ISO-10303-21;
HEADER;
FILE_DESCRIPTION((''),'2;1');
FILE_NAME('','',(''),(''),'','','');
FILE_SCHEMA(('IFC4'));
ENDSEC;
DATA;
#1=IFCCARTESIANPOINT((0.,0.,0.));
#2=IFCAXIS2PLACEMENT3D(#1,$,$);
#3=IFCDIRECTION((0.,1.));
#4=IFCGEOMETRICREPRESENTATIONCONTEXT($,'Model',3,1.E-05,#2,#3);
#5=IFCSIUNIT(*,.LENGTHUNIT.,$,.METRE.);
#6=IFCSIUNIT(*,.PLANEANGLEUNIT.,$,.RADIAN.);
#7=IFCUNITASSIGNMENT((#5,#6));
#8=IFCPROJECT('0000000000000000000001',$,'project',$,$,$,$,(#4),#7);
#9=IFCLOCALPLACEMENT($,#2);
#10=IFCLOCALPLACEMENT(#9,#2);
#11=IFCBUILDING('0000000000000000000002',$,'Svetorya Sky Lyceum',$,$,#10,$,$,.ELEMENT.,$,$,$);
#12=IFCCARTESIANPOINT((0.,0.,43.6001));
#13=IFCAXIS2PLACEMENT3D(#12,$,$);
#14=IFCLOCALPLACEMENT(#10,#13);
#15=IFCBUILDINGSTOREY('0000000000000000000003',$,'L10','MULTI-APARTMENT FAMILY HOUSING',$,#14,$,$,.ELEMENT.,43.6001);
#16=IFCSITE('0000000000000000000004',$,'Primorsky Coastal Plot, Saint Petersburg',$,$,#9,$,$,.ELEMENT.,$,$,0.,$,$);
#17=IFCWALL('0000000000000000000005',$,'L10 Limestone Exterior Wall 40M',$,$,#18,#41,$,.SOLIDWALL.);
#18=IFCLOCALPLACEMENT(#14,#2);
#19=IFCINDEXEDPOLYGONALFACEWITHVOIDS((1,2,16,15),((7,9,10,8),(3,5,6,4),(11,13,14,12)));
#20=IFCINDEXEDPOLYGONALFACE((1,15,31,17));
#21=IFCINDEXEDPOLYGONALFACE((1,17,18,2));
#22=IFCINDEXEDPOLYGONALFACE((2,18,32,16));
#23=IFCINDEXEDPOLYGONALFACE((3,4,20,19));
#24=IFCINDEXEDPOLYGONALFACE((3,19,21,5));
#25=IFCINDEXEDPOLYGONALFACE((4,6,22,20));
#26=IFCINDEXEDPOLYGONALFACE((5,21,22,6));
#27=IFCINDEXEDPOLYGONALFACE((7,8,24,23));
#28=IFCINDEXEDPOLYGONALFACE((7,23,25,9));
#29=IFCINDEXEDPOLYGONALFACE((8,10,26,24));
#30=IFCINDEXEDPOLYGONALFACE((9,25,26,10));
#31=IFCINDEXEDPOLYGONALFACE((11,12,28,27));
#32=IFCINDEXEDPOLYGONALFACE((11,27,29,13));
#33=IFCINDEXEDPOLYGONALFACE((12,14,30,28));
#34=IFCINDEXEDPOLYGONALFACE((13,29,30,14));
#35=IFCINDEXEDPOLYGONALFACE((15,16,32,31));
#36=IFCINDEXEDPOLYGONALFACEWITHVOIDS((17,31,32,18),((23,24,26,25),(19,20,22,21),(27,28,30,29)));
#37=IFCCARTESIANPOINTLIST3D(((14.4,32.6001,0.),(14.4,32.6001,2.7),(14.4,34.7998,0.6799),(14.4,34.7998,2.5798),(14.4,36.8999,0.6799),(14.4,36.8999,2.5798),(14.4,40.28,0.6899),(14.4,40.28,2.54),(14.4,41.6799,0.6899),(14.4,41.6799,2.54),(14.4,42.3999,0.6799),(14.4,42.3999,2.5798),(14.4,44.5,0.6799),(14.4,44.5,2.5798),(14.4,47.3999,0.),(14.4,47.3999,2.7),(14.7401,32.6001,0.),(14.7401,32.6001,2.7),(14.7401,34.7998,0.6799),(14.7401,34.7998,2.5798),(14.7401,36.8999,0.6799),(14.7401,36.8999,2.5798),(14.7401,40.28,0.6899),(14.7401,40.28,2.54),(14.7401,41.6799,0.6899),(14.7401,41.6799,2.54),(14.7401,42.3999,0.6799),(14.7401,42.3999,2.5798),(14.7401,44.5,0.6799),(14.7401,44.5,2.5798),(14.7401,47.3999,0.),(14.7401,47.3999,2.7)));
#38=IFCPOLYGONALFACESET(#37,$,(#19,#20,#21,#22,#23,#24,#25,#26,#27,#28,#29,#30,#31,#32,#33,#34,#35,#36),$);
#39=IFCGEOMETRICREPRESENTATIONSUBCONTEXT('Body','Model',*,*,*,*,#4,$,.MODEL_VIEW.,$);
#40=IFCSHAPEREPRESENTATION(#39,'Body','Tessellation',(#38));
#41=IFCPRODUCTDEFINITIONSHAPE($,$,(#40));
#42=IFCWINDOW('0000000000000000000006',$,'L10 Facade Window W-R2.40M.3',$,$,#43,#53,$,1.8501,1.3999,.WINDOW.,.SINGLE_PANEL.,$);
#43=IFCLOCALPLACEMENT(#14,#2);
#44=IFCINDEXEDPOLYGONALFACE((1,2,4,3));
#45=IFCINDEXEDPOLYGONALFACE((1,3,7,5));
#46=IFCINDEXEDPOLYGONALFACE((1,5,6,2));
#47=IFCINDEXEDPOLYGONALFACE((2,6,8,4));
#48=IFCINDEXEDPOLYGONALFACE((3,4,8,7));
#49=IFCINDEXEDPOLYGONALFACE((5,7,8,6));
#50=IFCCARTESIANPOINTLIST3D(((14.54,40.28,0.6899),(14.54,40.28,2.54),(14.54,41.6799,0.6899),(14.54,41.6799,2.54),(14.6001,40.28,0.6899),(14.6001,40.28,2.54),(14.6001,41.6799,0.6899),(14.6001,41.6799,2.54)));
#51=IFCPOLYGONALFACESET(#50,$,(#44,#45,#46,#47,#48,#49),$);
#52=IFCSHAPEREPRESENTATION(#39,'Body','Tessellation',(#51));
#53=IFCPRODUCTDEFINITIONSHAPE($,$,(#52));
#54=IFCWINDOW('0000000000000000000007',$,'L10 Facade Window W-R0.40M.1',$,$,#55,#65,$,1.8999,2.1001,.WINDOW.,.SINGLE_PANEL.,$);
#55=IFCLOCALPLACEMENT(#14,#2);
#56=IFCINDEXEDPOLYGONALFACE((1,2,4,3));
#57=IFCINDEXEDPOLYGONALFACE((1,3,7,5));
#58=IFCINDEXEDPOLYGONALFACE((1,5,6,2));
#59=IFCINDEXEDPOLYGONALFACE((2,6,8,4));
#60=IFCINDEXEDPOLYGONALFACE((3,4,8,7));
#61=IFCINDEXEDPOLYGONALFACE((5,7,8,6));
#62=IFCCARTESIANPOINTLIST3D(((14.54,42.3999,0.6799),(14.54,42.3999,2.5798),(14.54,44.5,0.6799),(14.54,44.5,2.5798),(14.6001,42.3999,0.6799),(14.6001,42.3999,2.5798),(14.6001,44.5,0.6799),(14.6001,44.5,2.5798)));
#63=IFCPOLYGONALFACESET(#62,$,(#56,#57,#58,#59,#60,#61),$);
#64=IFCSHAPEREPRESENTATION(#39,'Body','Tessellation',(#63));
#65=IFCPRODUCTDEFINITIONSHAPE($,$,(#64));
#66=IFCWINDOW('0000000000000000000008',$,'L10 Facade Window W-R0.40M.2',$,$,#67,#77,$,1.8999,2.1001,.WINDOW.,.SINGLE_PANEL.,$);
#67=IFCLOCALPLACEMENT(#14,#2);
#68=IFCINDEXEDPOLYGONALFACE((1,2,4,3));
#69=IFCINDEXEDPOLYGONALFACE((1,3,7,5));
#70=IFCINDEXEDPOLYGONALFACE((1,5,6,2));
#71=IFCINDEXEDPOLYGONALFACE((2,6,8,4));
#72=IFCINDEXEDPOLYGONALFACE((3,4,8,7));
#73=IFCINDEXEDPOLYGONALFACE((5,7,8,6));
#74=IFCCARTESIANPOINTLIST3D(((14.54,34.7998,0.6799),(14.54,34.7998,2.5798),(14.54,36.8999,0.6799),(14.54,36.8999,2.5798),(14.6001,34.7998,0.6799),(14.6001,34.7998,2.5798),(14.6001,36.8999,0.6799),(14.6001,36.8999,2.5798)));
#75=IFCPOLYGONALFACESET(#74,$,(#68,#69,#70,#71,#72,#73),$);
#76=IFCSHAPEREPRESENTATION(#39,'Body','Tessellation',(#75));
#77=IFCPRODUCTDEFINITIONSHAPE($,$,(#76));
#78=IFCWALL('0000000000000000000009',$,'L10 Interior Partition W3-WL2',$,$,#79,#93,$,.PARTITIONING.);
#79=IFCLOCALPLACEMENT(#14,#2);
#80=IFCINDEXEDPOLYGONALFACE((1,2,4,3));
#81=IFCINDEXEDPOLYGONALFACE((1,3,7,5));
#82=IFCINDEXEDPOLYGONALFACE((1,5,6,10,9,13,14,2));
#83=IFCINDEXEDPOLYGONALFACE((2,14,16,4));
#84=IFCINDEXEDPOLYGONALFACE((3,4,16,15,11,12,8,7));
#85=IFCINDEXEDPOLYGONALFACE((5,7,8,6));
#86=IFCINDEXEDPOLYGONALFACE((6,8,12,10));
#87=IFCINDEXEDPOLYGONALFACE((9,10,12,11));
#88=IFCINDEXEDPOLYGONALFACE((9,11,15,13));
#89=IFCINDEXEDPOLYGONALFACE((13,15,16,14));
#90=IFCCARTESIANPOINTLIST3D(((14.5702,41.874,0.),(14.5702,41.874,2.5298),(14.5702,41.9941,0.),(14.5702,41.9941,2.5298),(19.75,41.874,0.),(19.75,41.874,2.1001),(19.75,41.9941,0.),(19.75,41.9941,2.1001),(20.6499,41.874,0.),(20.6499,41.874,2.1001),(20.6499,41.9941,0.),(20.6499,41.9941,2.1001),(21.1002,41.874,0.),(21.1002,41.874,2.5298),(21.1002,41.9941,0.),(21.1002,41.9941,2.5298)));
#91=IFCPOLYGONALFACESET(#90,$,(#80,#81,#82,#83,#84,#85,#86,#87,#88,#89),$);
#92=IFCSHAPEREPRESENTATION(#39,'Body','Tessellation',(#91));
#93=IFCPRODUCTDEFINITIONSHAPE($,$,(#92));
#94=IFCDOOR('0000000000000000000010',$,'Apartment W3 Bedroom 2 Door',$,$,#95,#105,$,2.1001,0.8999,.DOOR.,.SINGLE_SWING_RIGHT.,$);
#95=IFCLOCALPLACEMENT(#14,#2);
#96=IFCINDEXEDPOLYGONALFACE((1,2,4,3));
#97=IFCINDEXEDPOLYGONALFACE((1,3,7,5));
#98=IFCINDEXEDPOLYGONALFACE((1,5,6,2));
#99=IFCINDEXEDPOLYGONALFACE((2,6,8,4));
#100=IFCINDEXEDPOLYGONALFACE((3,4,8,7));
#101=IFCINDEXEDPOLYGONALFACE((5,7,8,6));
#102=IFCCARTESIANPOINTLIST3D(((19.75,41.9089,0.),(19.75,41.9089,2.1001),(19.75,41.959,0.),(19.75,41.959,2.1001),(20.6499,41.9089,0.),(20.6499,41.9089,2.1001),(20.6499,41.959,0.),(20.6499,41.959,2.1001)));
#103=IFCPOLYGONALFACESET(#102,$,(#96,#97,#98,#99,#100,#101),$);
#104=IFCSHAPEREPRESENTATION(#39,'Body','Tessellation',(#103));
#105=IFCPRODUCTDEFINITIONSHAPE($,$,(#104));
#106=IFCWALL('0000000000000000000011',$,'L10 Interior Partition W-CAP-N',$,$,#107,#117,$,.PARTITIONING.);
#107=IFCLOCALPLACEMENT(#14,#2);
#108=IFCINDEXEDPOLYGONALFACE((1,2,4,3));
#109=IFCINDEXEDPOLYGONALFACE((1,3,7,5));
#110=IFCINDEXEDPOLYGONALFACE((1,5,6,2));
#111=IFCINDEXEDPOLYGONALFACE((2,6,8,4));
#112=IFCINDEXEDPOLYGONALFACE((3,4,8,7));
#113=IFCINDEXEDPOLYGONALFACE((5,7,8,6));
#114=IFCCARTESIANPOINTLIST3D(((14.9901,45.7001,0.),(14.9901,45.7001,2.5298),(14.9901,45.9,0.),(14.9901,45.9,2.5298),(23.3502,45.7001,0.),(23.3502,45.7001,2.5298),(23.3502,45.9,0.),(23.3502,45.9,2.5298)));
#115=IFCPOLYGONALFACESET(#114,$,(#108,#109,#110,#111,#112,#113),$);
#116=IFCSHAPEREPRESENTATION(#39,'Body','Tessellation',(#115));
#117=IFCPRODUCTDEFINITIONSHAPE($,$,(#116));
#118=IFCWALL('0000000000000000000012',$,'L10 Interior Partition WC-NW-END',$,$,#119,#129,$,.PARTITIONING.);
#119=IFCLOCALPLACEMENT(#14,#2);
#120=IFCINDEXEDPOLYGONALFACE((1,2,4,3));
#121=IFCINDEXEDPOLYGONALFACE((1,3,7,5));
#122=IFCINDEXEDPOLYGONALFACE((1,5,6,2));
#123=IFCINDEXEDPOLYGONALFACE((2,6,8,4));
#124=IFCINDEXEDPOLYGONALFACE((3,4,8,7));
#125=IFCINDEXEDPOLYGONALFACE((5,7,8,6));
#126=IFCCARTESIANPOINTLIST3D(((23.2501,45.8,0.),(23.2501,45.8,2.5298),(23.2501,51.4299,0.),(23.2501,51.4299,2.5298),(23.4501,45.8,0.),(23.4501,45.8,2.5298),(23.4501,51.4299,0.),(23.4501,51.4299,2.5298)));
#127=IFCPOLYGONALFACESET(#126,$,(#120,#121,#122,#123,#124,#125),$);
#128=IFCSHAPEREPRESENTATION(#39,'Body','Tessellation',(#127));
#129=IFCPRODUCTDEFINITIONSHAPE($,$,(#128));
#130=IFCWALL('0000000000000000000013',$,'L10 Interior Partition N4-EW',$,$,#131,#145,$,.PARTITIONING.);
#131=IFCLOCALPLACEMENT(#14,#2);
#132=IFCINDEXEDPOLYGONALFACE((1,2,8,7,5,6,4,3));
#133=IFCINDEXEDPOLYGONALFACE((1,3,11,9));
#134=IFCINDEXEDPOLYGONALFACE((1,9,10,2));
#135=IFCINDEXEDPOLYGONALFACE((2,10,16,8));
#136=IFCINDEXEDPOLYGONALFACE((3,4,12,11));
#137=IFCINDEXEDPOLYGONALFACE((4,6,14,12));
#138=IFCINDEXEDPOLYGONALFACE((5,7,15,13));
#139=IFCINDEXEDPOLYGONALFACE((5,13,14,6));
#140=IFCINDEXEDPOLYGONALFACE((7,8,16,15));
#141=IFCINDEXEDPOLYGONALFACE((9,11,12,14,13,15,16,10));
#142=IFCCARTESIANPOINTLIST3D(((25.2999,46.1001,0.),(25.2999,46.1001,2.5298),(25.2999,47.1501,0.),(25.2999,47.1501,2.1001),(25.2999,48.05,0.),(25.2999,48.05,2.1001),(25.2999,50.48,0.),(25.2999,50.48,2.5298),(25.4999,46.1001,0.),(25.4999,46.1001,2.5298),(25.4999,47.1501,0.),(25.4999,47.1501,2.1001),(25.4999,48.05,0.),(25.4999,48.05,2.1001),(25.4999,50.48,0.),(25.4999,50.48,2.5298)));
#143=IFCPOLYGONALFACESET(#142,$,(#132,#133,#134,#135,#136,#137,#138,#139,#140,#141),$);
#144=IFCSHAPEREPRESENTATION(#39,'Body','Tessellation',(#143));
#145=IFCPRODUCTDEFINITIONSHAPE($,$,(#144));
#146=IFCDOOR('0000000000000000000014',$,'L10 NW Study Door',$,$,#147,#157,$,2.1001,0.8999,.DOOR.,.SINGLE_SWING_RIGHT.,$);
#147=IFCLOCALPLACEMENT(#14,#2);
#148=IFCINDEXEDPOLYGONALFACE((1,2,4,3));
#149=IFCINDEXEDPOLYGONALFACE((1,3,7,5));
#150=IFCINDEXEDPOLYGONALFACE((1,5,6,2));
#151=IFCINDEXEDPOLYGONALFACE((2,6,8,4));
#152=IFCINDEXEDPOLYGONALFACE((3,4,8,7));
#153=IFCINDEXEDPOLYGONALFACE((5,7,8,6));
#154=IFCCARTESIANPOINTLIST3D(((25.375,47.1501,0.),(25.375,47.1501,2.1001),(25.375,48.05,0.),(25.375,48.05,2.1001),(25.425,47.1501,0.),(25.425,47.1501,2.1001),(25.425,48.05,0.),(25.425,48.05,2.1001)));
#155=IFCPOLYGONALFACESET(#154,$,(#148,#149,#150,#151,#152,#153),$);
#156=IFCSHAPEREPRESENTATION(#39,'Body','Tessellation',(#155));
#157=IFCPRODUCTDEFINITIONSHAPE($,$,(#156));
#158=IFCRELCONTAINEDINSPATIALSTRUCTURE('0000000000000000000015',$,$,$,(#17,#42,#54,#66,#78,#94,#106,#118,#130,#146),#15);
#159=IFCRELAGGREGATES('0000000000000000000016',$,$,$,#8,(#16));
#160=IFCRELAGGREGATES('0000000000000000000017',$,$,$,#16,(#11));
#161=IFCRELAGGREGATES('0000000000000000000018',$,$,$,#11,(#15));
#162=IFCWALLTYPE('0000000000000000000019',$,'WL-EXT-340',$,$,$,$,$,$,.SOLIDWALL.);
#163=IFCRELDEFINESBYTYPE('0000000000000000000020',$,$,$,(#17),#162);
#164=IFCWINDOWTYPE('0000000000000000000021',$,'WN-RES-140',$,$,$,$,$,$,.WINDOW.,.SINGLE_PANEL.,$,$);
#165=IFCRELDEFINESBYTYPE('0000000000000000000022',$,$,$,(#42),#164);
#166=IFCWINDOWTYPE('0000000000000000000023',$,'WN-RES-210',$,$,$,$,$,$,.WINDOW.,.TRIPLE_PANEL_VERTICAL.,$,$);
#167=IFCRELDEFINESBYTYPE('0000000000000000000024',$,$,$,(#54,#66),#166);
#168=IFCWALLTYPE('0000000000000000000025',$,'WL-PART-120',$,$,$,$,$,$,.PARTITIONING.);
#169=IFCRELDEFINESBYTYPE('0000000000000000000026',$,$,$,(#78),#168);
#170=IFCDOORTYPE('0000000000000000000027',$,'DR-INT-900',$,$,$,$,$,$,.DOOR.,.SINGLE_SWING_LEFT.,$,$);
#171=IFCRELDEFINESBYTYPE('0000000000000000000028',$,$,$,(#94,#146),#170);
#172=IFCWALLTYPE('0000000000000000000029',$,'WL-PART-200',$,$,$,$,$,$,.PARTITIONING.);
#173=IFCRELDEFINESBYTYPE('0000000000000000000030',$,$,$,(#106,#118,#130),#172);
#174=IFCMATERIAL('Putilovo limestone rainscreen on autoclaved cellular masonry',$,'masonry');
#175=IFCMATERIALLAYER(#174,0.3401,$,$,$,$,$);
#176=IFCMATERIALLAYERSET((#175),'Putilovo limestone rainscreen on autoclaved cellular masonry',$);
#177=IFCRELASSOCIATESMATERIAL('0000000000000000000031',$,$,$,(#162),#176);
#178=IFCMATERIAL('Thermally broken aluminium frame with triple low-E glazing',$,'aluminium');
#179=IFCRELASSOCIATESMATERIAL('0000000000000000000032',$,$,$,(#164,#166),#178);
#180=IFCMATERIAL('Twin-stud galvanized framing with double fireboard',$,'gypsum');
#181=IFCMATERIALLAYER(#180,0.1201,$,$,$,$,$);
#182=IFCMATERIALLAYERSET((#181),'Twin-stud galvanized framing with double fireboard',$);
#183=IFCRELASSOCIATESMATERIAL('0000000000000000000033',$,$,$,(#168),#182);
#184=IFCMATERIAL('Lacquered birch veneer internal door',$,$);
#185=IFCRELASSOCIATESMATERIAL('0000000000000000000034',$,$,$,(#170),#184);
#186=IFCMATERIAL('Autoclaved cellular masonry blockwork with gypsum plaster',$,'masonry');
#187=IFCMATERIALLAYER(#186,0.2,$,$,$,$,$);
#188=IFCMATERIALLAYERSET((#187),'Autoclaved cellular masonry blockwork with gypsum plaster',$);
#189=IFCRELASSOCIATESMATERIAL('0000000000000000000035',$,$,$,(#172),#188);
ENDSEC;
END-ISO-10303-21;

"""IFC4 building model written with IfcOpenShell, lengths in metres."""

from ifc_helpers import new_model, si_unit, direction, frame, frame_2d, origin, place, context, subcontext, project, spatial, rectangle, extrude, material, layer, layer_set, type_object, element, fill, save


model = new_model("IFC4")

# Units and contexts
model_context = context("Model", 3, precision=1e-05, world=origin(), true_north=direction((0.0, 1.0)))
body_context = subcontext(model_context, "Body", "Model", "MODEL_VIEW")
ifc_project = project(units=[si_unit("LENGTHUNIT", "METRE"), si_unit("PLANEANGLEUNIT", "RADIAN")], contexts=[model_context])

# Site, building, storey
site_placement = place(None, origin())
site = spatial("IfcSite", under=ifc_project, at=site_placement, Name="Primorsky Coastal Plot, Saint Petersburg", CompositionType="ELEMENT", RefElevation=0.0)
building_placement = place(site_placement, origin())
building = spatial("IfcBuilding", under=site, at=building_placement, Name="Svetorya Sky Lyceum", CompositionType="ELEMENT")
storey_placement = place(building_placement, frame((0.0, 0.0, 43.6001)))
storey = spatial("IfcBuildingStorey", under=building, at=storey_placement, Name="L10", Description="MULTI-APARTMENT FAMILY HOUSING", CompositionType="ELEMENT", Elevation=43.6001)

# Shared definitions
ifc_material_1 = material(Name="Putilovo limestone rainscreen on autoclaved cellular masonry", Category="masonry")
ifc_layer_1 = layer(ifc_material_1, 0.3401)
ifc_layer_set_1 = layer_set([ifc_layer_1], Name="Putilovo limestone rainscreen on autoclaved cellular masonry")
wall_type_1 = type_object("IfcWallType", Name="WL-EXT-340", PredefinedType="SOLIDWALL", material=ifc_layer_set_1)

# Wall, openings, windows
wall_1_placement = place(storey_placement, frame((14.5701, 47.3999, 0.0), z_axis=(0.0, 0.0, 1.0), x_axis=(0.0, -1.0, 0.0)))
wall_1 = element("IfcWall", 1, at=wall_1_placement, inside=storey, type_object=wall_type_1, Name="L10 Limestone Exterior Wall 40M", PredefinedType="SOLIDWALL", context=body_context, shape_type="SweptSolid", body=[
    extrude(rectangle(XDim=14.7998, YDim=0.3401, at=frame_2d((7.3999, 0.0))), origin(), (0.0, 0.0, 1.0), 2.7),
])
opening_1_placement = place(wall_1_placement, frame((2.8999, 0.0, 0.6799)))
opening_1 = element("IfcOpeningElement", 2, at=opening_1_placement, cuts=wall_1, PredefinedType="OPENING", context=body_context, shape_type="SweptSolid", body=[
    extrude(rectangle(XDim=2.1001, YDim=1.8999, at=frame_2d((1.05, 0.95))), frame((0.0, 0.1799, 0.0), z_axis=(0.0, -1.0, 0.0), x_axis=(1.0, 0.0, 0.0)), (0.0, 0.0, 1.0), 0.3601),
])
opening_2_placement = place(wall_1_placement, frame((5.72, 0.0, 0.6899)))
opening_2 = element("IfcOpeningElement", 3, at=opening_2_placement, cuts=wall_1, PredefinedType="OPENING", context=body_context, shape_type="SweptSolid", body=[
    extrude(rectangle(XDim=1.3999, YDim=1.8501, at=frame_2d((0.7, 0.925))), frame((0.0, 0.1799, 0.0), z_axis=(0.0, -1.0, 0.0), x_axis=(1.0, 0.0, 0.0)), (0.0, 0.0, 1.0), 0.3601),
])
opening_3_placement = place(wall_1_placement, frame((10.5, 0.0, 0.6799)))
opening_3 = element("IfcOpeningElement", 4, at=opening_3_placement, cuts=wall_1, PredefinedType="OPENING", context=body_context, shape_type="SweptSolid", body=[
    extrude(rectangle(XDim=2.1001, YDim=1.8999, at=frame_2d((1.05, 0.95))), frame((0.0, 0.1799, 0.0), z_axis=(0.0, -1.0, 0.0), x_axis=(1.0, 0.0, 0.0)), (0.0, 0.0, 1.0), 0.3601),
])
ifc_material_2 = material(Name="Thermally broken aluminium frame with triple low-E glazing", Category="aluminium")
window_type_1 = type_object("IfcWindowType", Name="WN-RES-140", PartitioningType="SINGLE_PANEL", PredefinedType="WINDOW", material=ifc_material_2)
window_1_placement = place(opening_2_placement, origin())
window_1 = element("IfcWindow", 5, at=window_1_placement, inside=storey, type_object=window_type_1, Name="L10 Facade Window W-R2.40M.3", OverallHeight=1.8501, OverallWidth=1.3999, PartitioningType="SINGLE_PANEL", PredefinedType="WINDOW", context=body_context, shape_type="SweptSolid", body=[
    extrude(rectangle(XDim=1.3999, YDim=1.8501, at=frame_2d((0.7, 0.925))), frame((0.0, 0.03, 0.0), z_axis=(0.0, -1.0, 0.0), x_axis=(1.0, 0.0, 0.0)), (0.0, 0.0, 1.0), 0.0601),
])
fill(opening_2, window_1)
window_type_2 = type_object("IfcWindowType", Name="WN-RES-210", PartitioningType="TRIPLE_PANEL_VERTICAL", PredefinedType="WINDOW", material=ifc_material_2)
window_2_placement = place(opening_1_placement, origin())
window_2 = element("IfcWindow", 6, at=window_2_placement, inside=storey, type_object=window_type_2, Name="L10 Facade Window W-R0.40M.1", OverallHeight=1.8999, OverallWidth=2.1001, PartitioningType="SINGLE_PANEL", PredefinedType="WINDOW", context=body_context, shape_type="SweptSolid", body=[
    extrude(rectangle(XDim=2.1001, YDim=1.8999, at=frame_2d((1.05, 0.95))), frame((0.0, 0.03, 0.0), z_axis=(0.0, -1.0, 0.0), x_axis=(1.0, 0.0, 0.0)), (0.0, 0.0, 1.0), 0.0601),
])
fill(opening_1, window_2)
window_3_placement = place(opening_3_placement, origin())
window_3 = element("IfcWindow", 7, at=window_3_placement, inside=storey, type_object=window_type_2, Name="L10 Facade Window W-R0.40M.2", OverallHeight=1.8999, OverallWidth=2.1001, PartitioningType="SINGLE_PANEL", PredefinedType="WINDOW", context=body_context, shape_type="SweptSolid", body=[
    extrude(rectangle(XDim=2.1001, YDim=1.8999, at=frame_2d((1.05, 0.95))), frame((0.0, 0.03, 0.0), z_axis=(0.0, -1.0, 0.0), x_axis=(1.0, 0.0, 0.0)), (0.0, 0.0, 1.0), 0.0601),
])
fill(opening_3, window_3)

# Wall, opening, door
ifc_material_3 = material(Name="Twin-stud galvanized framing with double fireboard", Category="gypsum")
ifc_layer_2 = layer(ifc_material_3, 0.1201)
ifc_layer_set_2 = layer_set([ifc_layer_2], Name="Twin-stud galvanized framing with double fireboard")
wall_type_2 = type_object("IfcWallType", Name="WL-PART-120", PredefinedType="PARTITIONING", material=ifc_layer_set_2)
wall_2_placement = place(storey_placement, frame((14.5701, 41.9341, 0.0), z_axis=(0.0, 0.0, 1.0), x_axis=(1.0, 0.0, 0.0)))
wall_2 = element("IfcWall", 8, at=wall_2_placement, inside=storey, type_object=wall_type_2, Name="L10 Interior Partition W3-WL2", PredefinedType="PARTITIONING", context=body_context, shape_type="SweptSolid", body=[
    extrude(rectangle(XDim=6.53, YDim=0.1201, at=frame_2d((3.2651, 0.0))), origin(), (0.0, 0.0, 1.0), 2.5298),
])
opening_4_placement = place(wall_2_placement, frame((5.1799, 0.0, 0.0)))
opening_4 = element("IfcOpeningElement", 9, at=opening_4_placement, cuts=wall_2, PredefinedType="OPENING", context=body_context, shape_type="SweptSolid", body=[
    extrude(rectangle(XDim=0.8999, YDim=2.1001, at=frame_2d((0.45, 1.05))), frame((0.0, 0.0701, 0.0), z_axis=(0.0, -1.0, 0.0), x_axis=(1.0, 0.0, 0.0)), (0.0, 0.0, 1.0), 0.1401),
])
ifc_material_4 = material(Name="Lacquered birch veneer internal door")
door_type = type_object("IfcDoorType", Name="DR-INT-900", OperationType="SINGLE_SWING_LEFT", PredefinedType="DOOR", material=ifc_material_4)
door_1_placement = place(opening_4_placement, origin())
door_1 = element("IfcDoor", 10, at=door_1_placement, inside=storey, type_object=door_type, Name="Apartment W3 Bedroom 2 Door", OperationType="SINGLE_SWING_RIGHT", OverallHeight=2.1001, OverallWidth=0.8999, PredefinedType="DOOR", context=body_context, shape_type="SweptSolid", body=[
    extrude(rectangle(XDim=0.8999, YDim=2.1001, at=frame_2d((0.45, 1.05))), frame((0.0, 0.0249, 0.0), z_axis=(0.0, -1.0, 0.0), x_axis=(1.0, 0.0, 0.0)), (0.0, 0.0, 1.0), 0.05),
])
fill(opening_4, door_1)

# Walls
ifc_material_5 = material(Name="Autoclaved cellular masonry blockwork with gypsum plaster", Category="masonry")
ifc_layer_3 = layer(ifc_material_5, 0.2)
ifc_layer_set_3 = layer_set([ifc_layer_3], Name="Autoclaved cellular masonry blockwork with gypsum plaster")
wall_type_3 = type_object("IfcWallType", Name="WL-PART-200", PredefinedType="PARTITIONING", material=ifc_layer_set_3)
wall_3_placement = place(storey_placement, frame((14.99, 45.8, 0.0), z_axis=(0.0, 0.0, 1.0), x_axis=(1.0, 0.0, 0.0)))
element("IfcWall", 11, at=wall_3_placement, inside=storey, type_object=wall_type_3, Name="L10 Interior Partition W-CAP-N", PredefinedType="PARTITIONING", context=body_context, shape_type="SweptSolid", body=[
    extrude(rectangle(XDim=8.3601, YDim=0.2, at=frame_2d((4.1802, 0.0))), origin(), (0.0, 0.0, 1.0), 2.5298),
])
wall_4_placement = place(storey_placement, frame((23.3501, 45.8, 0.0), z_axis=(0.0, 0.0, 1.0), x_axis=(0.0, 1.0, 0.0)))
element("IfcWall", 12, at=wall_4_placement, inside=storey, type_object=wall_type_3, Name="L10 Interior Partition WC-NW-END", PredefinedType="PARTITIONING", context=body_context, shape_type="SweptSolid", body=[
    extrude(rectangle(XDim=5.6299, YDim=0.2, at=frame_2d((2.8149, 0.0))), origin(), (0.0, 0.0, 1.0), 2.5298),
])

# Wall, opening, door
wall_5_placement = place(storey_placement, frame((25.3999, 46.1001, 0.0), z_axis=(0.0, 0.0, 1.0), x_axis=(0.0, 1.0, 0.0)))
wall_5 = element("IfcWall", 13, at=wall_5_placement, inside=storey, type_object=wall_type_3, Name="L10 Interior Partition N4-EW", PredefinedType="PARTITIONING", context=body_context, shape_type="SweptSolid", body=[
    extrude(rectangle(XDim=4.3799, YDim=0.2, at=frame_2d((2.1899, 0.0))), origin(), (0.0, 0.0, 1.0), 2.5298),
])
opening_5_placement = place(wall_5_placement, frame((1.05, 0.0, 0.0)))
opening_5 = element("IfcOpeningElement", 14, at=opening_5_placement, cuts=wall_5, PredefinedType="OPENING", context=body_context, shape_type="SweptSolid", body=[
    extrude(rectangle(XDim=0.8999, YDim=2.1001, at=frame_2d((0.45, 1.05))), frame((0.0, 0.1099, 0.0), z_axis=(0.0, -1.0, 0.0), x_axis=(1.0, 0.0, 0.0)), (0.0, 0.0, 1.0), 0.22),
])
door_2_placement = place(opening_5_placement, origin())
door_2 = element("IfcDoor", 15, at=door_2_placement, inside=storey, type_object=door_type, Name="L10 NW Study Door", OperationType="SINGLE_SWING_RIGHT", OverallHeight=2.1001, OverallWidth=0.8999, PredefinedType="DOOR", context=body_context, shape_type="SweptSolid", body=[
    extrude(rectangle(XDim=0.8999, YDim=2.1001, at=frame_2d((0.45, 1.05))), frame((0.0, 0.0249, 0.0), z_axis=(0.0, -1.0, 0.0), x_axis=(1.0, 0.0, 0.0)), (0.0, 0.0, 1.0), 0.05),
])
fill(opening_5, door_2)

save(model, "model.ifc")
